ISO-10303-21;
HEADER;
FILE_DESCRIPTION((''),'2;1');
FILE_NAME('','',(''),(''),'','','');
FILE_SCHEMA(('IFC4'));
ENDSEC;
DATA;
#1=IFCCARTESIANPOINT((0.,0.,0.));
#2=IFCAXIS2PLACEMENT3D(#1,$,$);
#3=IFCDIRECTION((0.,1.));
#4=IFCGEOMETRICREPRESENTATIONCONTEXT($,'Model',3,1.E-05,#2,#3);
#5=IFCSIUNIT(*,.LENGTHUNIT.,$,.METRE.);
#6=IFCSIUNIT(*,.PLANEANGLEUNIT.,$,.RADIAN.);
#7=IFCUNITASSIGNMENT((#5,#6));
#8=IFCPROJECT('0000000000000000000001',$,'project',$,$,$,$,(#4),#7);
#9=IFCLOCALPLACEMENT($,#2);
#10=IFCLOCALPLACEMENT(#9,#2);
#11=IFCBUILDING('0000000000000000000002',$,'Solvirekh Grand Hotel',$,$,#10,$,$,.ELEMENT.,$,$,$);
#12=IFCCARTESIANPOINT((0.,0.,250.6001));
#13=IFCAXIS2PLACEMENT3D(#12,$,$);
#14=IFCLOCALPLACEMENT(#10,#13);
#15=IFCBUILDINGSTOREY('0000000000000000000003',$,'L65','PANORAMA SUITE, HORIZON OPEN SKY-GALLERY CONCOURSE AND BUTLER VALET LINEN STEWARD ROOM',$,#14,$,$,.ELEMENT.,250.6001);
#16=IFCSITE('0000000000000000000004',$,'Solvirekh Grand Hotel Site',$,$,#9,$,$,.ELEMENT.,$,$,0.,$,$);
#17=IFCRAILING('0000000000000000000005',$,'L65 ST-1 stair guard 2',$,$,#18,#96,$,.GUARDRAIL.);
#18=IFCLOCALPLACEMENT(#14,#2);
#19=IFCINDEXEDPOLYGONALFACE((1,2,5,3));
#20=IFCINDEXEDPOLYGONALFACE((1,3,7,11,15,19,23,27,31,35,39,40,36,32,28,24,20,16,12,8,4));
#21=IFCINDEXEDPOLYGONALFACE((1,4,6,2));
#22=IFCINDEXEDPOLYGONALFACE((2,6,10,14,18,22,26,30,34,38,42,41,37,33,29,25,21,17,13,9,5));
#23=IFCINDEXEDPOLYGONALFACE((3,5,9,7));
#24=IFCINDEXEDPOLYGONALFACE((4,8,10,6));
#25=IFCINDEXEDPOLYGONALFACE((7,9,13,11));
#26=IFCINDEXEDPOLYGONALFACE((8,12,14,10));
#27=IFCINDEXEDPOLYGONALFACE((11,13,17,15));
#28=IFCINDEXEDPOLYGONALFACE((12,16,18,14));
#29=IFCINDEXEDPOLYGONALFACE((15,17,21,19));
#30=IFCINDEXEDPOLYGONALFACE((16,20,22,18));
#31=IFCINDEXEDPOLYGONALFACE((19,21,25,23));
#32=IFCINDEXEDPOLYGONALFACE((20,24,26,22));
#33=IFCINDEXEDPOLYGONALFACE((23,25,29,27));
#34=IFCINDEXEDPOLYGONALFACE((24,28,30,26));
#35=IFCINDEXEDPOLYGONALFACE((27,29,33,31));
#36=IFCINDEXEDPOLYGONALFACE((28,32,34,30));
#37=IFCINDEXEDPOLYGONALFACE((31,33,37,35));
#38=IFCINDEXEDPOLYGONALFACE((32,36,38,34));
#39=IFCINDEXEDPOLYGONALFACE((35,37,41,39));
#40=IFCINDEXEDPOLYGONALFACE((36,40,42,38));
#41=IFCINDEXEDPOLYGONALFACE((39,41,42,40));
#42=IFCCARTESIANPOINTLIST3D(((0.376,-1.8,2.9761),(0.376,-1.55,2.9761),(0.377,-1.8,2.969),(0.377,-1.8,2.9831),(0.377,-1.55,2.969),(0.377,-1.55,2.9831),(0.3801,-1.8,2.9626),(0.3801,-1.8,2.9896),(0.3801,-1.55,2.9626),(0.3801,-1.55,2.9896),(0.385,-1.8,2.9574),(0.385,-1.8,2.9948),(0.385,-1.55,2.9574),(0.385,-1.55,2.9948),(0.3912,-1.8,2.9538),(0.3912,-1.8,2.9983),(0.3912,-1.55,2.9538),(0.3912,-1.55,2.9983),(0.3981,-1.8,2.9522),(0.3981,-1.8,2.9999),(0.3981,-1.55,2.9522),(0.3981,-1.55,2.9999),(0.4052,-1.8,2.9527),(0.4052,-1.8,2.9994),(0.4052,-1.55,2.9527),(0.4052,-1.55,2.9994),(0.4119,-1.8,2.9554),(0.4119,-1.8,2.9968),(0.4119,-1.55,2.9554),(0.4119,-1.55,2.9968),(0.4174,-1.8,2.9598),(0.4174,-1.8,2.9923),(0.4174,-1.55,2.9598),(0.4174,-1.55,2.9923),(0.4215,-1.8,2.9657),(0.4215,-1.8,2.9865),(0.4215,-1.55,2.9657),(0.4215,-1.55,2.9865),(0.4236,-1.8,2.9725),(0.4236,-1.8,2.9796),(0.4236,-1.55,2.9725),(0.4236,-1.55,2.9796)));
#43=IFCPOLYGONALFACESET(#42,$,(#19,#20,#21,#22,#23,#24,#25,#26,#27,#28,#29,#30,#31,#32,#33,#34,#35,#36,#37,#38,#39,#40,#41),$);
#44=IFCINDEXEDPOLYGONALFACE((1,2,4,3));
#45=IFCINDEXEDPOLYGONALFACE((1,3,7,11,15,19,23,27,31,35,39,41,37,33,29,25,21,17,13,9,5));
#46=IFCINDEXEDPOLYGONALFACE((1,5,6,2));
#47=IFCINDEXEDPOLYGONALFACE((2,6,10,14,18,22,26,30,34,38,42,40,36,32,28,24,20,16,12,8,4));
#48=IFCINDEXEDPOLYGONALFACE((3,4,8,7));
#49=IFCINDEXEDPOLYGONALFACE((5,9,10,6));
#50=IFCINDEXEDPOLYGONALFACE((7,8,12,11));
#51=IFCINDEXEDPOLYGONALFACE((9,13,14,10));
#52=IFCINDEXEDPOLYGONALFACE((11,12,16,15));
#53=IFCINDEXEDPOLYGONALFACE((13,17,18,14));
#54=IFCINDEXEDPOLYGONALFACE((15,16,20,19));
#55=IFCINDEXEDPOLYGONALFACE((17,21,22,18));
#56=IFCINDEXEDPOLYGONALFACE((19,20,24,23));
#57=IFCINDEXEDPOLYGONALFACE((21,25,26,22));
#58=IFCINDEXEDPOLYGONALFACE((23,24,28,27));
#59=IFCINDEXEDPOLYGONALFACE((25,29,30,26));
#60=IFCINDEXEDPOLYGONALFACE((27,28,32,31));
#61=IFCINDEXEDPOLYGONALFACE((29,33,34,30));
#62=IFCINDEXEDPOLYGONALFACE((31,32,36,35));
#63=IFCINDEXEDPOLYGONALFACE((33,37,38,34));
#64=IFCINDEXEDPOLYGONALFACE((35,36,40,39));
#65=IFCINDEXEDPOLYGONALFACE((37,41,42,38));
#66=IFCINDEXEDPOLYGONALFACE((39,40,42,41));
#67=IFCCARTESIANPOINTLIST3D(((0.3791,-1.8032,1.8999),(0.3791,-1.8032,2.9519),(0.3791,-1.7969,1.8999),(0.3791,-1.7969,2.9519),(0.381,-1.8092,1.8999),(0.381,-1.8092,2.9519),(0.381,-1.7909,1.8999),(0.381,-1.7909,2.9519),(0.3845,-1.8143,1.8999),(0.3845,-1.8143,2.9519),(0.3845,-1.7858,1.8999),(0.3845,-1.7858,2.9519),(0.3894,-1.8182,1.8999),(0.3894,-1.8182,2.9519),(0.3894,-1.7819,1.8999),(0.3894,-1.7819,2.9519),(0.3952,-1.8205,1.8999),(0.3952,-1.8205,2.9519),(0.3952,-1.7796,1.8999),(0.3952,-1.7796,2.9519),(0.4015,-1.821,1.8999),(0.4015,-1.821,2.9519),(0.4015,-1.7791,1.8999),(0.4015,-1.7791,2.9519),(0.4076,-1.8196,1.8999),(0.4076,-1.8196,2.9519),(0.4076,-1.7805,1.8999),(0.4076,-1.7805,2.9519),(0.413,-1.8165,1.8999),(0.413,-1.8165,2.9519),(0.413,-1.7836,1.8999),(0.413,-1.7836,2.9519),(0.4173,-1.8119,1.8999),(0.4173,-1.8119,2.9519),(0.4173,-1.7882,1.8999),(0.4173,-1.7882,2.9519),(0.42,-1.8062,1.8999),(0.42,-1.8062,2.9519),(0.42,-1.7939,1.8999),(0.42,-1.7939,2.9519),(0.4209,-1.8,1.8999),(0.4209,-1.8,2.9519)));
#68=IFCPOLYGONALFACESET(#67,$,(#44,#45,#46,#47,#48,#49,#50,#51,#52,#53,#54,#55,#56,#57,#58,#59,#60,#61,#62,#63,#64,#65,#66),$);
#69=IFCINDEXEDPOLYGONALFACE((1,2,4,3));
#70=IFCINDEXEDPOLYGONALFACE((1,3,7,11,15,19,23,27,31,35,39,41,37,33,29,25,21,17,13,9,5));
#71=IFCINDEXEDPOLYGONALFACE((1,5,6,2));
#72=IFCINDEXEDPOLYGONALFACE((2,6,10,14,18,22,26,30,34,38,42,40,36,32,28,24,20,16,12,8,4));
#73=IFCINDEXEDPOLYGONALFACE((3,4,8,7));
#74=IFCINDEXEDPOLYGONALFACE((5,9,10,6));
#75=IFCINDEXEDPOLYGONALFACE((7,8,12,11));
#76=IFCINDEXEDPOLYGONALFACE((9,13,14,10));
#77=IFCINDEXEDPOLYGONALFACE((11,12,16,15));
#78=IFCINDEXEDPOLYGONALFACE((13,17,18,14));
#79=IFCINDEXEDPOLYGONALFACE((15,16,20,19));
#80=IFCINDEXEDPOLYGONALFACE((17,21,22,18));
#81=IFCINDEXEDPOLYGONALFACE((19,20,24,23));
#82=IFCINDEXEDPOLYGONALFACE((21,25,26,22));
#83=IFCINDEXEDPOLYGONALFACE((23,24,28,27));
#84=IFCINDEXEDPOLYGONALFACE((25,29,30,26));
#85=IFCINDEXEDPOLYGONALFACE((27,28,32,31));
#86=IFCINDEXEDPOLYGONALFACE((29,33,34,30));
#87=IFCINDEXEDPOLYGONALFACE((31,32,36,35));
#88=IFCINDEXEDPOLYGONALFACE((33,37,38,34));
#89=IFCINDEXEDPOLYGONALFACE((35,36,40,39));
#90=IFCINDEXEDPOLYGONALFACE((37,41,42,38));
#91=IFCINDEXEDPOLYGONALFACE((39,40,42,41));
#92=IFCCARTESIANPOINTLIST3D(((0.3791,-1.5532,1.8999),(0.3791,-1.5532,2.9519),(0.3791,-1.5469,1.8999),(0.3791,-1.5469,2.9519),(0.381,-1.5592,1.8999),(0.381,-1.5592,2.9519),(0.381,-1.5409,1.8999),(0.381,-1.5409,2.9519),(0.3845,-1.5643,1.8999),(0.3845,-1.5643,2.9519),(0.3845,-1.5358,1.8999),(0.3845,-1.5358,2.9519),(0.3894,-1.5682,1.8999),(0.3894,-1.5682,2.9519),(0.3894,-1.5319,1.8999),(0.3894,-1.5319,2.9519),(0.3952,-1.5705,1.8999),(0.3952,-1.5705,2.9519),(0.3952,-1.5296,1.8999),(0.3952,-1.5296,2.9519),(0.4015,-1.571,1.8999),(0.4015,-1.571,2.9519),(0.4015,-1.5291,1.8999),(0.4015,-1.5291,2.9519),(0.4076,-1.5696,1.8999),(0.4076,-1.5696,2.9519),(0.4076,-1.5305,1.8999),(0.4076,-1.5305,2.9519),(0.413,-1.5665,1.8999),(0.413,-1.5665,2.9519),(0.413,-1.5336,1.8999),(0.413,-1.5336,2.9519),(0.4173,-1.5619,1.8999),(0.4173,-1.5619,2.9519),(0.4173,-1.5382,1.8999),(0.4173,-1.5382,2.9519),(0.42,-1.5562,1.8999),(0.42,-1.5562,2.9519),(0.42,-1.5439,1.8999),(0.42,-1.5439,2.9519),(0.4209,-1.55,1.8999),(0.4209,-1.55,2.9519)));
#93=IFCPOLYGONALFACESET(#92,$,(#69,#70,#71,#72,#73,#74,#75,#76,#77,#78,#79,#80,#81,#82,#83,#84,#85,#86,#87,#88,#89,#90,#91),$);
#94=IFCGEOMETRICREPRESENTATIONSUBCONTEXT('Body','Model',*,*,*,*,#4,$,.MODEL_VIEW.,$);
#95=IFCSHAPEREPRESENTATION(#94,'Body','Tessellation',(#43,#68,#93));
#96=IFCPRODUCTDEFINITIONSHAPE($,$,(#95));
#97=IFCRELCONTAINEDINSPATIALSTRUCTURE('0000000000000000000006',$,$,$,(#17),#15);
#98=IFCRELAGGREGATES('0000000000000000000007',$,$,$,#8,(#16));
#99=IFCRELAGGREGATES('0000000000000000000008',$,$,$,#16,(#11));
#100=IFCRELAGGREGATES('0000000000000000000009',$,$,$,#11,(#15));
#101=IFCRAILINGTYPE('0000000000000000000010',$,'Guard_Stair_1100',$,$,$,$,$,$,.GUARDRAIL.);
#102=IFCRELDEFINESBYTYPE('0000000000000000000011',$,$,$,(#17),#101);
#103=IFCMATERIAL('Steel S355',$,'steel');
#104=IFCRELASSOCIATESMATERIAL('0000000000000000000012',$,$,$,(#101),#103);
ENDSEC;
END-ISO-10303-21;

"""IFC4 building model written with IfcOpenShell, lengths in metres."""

from ifc_helpers import new_model, si_unit, direction, frame, origin, origin_2d, place, context, subcontext, project, spatial, circle, extrude, material, type_object, element, save


model = new_model("IFC4")

# Units and contexts
model_context = context("Model", 3, precision=1e-05, world=origin(), true_north=direction((0.0, 1.0)))
body_context = subcontext(model_context, "Body", "Model", "MODEL_VIEW")
ifc_project = project(units=[si_unit("LENGTHUNIT", "METRE"), si_unit("PLANEANGLEUNIT", "RADIAN")], contexts=[model_context])

# Site, building, storey
site_placement = place(None, origin())
site = spatial("IfcSite", under=ifc_project, at=site_placement, Name="Solvirekh Grand Hotel Site", CompositionType="ELEMENT", RefElevation=0.0)
building_placement = place(site_placement, origin())
building = spatial("IfcBuilding", under=site, at=building_placement, Name="Solvirekh Grand Hotel", CompositionType="ELEMENT")
storey_placement = place(building_placement, frame((0.0, 0.0, 250.6001)))
storey = spatial("IfcBuildingStorey", under=building, at=storey_placement, Name="L65", Description="PANORAMA SUITE, HORIZON OPEN SKY-GALLERY CONCOURSE AND BUTLER VALET LINEN STEWARD ROOM", CompositionType="ELEMENT", Elevation=250.6001)

# Shared definitions
ifc_material_1 = material(Name="Steel S355", Category="steel")

# Railing
railing_type_1 = type_object("IfcRailingType", Name="Guard_Stair_1100", PredefinedType="GUARDRAIL", material=ifc_material_1)
railing_1_placement = place(storey_placement, frame((0.3999, -1.8, 1.8999)))
element("IfcRailing", 1, at=railing_1_placement, inside=storey, type_object=railing_type_1, Name="L65 ST-1 stair guard 2", PredefinedType="GUARDRAIL", context=body_context, shape_type="SweptSolid", body=[
    extrude(circle(Radius=0.0239, at=origin_2d()), frame((0.0, 0.0, 1.0762), z_axis=(0.0, 1.0, 0.0), x_axis=(-1.0, 0.0, 0.0)), (0.0, 0.0, 1.0), 0.25),
    extrude(circle(Radius=0.021, at=origin_2d()), origin(), (0.0, 0.0, 1.0), 1.052),
    extrude(circle(Radius=0.021, at=origin_2d()), frame((0.0, 0.25, 0.0)), (0.0, 0.0, 1.0), 1.052),
])

save(model, "model.ifc")
